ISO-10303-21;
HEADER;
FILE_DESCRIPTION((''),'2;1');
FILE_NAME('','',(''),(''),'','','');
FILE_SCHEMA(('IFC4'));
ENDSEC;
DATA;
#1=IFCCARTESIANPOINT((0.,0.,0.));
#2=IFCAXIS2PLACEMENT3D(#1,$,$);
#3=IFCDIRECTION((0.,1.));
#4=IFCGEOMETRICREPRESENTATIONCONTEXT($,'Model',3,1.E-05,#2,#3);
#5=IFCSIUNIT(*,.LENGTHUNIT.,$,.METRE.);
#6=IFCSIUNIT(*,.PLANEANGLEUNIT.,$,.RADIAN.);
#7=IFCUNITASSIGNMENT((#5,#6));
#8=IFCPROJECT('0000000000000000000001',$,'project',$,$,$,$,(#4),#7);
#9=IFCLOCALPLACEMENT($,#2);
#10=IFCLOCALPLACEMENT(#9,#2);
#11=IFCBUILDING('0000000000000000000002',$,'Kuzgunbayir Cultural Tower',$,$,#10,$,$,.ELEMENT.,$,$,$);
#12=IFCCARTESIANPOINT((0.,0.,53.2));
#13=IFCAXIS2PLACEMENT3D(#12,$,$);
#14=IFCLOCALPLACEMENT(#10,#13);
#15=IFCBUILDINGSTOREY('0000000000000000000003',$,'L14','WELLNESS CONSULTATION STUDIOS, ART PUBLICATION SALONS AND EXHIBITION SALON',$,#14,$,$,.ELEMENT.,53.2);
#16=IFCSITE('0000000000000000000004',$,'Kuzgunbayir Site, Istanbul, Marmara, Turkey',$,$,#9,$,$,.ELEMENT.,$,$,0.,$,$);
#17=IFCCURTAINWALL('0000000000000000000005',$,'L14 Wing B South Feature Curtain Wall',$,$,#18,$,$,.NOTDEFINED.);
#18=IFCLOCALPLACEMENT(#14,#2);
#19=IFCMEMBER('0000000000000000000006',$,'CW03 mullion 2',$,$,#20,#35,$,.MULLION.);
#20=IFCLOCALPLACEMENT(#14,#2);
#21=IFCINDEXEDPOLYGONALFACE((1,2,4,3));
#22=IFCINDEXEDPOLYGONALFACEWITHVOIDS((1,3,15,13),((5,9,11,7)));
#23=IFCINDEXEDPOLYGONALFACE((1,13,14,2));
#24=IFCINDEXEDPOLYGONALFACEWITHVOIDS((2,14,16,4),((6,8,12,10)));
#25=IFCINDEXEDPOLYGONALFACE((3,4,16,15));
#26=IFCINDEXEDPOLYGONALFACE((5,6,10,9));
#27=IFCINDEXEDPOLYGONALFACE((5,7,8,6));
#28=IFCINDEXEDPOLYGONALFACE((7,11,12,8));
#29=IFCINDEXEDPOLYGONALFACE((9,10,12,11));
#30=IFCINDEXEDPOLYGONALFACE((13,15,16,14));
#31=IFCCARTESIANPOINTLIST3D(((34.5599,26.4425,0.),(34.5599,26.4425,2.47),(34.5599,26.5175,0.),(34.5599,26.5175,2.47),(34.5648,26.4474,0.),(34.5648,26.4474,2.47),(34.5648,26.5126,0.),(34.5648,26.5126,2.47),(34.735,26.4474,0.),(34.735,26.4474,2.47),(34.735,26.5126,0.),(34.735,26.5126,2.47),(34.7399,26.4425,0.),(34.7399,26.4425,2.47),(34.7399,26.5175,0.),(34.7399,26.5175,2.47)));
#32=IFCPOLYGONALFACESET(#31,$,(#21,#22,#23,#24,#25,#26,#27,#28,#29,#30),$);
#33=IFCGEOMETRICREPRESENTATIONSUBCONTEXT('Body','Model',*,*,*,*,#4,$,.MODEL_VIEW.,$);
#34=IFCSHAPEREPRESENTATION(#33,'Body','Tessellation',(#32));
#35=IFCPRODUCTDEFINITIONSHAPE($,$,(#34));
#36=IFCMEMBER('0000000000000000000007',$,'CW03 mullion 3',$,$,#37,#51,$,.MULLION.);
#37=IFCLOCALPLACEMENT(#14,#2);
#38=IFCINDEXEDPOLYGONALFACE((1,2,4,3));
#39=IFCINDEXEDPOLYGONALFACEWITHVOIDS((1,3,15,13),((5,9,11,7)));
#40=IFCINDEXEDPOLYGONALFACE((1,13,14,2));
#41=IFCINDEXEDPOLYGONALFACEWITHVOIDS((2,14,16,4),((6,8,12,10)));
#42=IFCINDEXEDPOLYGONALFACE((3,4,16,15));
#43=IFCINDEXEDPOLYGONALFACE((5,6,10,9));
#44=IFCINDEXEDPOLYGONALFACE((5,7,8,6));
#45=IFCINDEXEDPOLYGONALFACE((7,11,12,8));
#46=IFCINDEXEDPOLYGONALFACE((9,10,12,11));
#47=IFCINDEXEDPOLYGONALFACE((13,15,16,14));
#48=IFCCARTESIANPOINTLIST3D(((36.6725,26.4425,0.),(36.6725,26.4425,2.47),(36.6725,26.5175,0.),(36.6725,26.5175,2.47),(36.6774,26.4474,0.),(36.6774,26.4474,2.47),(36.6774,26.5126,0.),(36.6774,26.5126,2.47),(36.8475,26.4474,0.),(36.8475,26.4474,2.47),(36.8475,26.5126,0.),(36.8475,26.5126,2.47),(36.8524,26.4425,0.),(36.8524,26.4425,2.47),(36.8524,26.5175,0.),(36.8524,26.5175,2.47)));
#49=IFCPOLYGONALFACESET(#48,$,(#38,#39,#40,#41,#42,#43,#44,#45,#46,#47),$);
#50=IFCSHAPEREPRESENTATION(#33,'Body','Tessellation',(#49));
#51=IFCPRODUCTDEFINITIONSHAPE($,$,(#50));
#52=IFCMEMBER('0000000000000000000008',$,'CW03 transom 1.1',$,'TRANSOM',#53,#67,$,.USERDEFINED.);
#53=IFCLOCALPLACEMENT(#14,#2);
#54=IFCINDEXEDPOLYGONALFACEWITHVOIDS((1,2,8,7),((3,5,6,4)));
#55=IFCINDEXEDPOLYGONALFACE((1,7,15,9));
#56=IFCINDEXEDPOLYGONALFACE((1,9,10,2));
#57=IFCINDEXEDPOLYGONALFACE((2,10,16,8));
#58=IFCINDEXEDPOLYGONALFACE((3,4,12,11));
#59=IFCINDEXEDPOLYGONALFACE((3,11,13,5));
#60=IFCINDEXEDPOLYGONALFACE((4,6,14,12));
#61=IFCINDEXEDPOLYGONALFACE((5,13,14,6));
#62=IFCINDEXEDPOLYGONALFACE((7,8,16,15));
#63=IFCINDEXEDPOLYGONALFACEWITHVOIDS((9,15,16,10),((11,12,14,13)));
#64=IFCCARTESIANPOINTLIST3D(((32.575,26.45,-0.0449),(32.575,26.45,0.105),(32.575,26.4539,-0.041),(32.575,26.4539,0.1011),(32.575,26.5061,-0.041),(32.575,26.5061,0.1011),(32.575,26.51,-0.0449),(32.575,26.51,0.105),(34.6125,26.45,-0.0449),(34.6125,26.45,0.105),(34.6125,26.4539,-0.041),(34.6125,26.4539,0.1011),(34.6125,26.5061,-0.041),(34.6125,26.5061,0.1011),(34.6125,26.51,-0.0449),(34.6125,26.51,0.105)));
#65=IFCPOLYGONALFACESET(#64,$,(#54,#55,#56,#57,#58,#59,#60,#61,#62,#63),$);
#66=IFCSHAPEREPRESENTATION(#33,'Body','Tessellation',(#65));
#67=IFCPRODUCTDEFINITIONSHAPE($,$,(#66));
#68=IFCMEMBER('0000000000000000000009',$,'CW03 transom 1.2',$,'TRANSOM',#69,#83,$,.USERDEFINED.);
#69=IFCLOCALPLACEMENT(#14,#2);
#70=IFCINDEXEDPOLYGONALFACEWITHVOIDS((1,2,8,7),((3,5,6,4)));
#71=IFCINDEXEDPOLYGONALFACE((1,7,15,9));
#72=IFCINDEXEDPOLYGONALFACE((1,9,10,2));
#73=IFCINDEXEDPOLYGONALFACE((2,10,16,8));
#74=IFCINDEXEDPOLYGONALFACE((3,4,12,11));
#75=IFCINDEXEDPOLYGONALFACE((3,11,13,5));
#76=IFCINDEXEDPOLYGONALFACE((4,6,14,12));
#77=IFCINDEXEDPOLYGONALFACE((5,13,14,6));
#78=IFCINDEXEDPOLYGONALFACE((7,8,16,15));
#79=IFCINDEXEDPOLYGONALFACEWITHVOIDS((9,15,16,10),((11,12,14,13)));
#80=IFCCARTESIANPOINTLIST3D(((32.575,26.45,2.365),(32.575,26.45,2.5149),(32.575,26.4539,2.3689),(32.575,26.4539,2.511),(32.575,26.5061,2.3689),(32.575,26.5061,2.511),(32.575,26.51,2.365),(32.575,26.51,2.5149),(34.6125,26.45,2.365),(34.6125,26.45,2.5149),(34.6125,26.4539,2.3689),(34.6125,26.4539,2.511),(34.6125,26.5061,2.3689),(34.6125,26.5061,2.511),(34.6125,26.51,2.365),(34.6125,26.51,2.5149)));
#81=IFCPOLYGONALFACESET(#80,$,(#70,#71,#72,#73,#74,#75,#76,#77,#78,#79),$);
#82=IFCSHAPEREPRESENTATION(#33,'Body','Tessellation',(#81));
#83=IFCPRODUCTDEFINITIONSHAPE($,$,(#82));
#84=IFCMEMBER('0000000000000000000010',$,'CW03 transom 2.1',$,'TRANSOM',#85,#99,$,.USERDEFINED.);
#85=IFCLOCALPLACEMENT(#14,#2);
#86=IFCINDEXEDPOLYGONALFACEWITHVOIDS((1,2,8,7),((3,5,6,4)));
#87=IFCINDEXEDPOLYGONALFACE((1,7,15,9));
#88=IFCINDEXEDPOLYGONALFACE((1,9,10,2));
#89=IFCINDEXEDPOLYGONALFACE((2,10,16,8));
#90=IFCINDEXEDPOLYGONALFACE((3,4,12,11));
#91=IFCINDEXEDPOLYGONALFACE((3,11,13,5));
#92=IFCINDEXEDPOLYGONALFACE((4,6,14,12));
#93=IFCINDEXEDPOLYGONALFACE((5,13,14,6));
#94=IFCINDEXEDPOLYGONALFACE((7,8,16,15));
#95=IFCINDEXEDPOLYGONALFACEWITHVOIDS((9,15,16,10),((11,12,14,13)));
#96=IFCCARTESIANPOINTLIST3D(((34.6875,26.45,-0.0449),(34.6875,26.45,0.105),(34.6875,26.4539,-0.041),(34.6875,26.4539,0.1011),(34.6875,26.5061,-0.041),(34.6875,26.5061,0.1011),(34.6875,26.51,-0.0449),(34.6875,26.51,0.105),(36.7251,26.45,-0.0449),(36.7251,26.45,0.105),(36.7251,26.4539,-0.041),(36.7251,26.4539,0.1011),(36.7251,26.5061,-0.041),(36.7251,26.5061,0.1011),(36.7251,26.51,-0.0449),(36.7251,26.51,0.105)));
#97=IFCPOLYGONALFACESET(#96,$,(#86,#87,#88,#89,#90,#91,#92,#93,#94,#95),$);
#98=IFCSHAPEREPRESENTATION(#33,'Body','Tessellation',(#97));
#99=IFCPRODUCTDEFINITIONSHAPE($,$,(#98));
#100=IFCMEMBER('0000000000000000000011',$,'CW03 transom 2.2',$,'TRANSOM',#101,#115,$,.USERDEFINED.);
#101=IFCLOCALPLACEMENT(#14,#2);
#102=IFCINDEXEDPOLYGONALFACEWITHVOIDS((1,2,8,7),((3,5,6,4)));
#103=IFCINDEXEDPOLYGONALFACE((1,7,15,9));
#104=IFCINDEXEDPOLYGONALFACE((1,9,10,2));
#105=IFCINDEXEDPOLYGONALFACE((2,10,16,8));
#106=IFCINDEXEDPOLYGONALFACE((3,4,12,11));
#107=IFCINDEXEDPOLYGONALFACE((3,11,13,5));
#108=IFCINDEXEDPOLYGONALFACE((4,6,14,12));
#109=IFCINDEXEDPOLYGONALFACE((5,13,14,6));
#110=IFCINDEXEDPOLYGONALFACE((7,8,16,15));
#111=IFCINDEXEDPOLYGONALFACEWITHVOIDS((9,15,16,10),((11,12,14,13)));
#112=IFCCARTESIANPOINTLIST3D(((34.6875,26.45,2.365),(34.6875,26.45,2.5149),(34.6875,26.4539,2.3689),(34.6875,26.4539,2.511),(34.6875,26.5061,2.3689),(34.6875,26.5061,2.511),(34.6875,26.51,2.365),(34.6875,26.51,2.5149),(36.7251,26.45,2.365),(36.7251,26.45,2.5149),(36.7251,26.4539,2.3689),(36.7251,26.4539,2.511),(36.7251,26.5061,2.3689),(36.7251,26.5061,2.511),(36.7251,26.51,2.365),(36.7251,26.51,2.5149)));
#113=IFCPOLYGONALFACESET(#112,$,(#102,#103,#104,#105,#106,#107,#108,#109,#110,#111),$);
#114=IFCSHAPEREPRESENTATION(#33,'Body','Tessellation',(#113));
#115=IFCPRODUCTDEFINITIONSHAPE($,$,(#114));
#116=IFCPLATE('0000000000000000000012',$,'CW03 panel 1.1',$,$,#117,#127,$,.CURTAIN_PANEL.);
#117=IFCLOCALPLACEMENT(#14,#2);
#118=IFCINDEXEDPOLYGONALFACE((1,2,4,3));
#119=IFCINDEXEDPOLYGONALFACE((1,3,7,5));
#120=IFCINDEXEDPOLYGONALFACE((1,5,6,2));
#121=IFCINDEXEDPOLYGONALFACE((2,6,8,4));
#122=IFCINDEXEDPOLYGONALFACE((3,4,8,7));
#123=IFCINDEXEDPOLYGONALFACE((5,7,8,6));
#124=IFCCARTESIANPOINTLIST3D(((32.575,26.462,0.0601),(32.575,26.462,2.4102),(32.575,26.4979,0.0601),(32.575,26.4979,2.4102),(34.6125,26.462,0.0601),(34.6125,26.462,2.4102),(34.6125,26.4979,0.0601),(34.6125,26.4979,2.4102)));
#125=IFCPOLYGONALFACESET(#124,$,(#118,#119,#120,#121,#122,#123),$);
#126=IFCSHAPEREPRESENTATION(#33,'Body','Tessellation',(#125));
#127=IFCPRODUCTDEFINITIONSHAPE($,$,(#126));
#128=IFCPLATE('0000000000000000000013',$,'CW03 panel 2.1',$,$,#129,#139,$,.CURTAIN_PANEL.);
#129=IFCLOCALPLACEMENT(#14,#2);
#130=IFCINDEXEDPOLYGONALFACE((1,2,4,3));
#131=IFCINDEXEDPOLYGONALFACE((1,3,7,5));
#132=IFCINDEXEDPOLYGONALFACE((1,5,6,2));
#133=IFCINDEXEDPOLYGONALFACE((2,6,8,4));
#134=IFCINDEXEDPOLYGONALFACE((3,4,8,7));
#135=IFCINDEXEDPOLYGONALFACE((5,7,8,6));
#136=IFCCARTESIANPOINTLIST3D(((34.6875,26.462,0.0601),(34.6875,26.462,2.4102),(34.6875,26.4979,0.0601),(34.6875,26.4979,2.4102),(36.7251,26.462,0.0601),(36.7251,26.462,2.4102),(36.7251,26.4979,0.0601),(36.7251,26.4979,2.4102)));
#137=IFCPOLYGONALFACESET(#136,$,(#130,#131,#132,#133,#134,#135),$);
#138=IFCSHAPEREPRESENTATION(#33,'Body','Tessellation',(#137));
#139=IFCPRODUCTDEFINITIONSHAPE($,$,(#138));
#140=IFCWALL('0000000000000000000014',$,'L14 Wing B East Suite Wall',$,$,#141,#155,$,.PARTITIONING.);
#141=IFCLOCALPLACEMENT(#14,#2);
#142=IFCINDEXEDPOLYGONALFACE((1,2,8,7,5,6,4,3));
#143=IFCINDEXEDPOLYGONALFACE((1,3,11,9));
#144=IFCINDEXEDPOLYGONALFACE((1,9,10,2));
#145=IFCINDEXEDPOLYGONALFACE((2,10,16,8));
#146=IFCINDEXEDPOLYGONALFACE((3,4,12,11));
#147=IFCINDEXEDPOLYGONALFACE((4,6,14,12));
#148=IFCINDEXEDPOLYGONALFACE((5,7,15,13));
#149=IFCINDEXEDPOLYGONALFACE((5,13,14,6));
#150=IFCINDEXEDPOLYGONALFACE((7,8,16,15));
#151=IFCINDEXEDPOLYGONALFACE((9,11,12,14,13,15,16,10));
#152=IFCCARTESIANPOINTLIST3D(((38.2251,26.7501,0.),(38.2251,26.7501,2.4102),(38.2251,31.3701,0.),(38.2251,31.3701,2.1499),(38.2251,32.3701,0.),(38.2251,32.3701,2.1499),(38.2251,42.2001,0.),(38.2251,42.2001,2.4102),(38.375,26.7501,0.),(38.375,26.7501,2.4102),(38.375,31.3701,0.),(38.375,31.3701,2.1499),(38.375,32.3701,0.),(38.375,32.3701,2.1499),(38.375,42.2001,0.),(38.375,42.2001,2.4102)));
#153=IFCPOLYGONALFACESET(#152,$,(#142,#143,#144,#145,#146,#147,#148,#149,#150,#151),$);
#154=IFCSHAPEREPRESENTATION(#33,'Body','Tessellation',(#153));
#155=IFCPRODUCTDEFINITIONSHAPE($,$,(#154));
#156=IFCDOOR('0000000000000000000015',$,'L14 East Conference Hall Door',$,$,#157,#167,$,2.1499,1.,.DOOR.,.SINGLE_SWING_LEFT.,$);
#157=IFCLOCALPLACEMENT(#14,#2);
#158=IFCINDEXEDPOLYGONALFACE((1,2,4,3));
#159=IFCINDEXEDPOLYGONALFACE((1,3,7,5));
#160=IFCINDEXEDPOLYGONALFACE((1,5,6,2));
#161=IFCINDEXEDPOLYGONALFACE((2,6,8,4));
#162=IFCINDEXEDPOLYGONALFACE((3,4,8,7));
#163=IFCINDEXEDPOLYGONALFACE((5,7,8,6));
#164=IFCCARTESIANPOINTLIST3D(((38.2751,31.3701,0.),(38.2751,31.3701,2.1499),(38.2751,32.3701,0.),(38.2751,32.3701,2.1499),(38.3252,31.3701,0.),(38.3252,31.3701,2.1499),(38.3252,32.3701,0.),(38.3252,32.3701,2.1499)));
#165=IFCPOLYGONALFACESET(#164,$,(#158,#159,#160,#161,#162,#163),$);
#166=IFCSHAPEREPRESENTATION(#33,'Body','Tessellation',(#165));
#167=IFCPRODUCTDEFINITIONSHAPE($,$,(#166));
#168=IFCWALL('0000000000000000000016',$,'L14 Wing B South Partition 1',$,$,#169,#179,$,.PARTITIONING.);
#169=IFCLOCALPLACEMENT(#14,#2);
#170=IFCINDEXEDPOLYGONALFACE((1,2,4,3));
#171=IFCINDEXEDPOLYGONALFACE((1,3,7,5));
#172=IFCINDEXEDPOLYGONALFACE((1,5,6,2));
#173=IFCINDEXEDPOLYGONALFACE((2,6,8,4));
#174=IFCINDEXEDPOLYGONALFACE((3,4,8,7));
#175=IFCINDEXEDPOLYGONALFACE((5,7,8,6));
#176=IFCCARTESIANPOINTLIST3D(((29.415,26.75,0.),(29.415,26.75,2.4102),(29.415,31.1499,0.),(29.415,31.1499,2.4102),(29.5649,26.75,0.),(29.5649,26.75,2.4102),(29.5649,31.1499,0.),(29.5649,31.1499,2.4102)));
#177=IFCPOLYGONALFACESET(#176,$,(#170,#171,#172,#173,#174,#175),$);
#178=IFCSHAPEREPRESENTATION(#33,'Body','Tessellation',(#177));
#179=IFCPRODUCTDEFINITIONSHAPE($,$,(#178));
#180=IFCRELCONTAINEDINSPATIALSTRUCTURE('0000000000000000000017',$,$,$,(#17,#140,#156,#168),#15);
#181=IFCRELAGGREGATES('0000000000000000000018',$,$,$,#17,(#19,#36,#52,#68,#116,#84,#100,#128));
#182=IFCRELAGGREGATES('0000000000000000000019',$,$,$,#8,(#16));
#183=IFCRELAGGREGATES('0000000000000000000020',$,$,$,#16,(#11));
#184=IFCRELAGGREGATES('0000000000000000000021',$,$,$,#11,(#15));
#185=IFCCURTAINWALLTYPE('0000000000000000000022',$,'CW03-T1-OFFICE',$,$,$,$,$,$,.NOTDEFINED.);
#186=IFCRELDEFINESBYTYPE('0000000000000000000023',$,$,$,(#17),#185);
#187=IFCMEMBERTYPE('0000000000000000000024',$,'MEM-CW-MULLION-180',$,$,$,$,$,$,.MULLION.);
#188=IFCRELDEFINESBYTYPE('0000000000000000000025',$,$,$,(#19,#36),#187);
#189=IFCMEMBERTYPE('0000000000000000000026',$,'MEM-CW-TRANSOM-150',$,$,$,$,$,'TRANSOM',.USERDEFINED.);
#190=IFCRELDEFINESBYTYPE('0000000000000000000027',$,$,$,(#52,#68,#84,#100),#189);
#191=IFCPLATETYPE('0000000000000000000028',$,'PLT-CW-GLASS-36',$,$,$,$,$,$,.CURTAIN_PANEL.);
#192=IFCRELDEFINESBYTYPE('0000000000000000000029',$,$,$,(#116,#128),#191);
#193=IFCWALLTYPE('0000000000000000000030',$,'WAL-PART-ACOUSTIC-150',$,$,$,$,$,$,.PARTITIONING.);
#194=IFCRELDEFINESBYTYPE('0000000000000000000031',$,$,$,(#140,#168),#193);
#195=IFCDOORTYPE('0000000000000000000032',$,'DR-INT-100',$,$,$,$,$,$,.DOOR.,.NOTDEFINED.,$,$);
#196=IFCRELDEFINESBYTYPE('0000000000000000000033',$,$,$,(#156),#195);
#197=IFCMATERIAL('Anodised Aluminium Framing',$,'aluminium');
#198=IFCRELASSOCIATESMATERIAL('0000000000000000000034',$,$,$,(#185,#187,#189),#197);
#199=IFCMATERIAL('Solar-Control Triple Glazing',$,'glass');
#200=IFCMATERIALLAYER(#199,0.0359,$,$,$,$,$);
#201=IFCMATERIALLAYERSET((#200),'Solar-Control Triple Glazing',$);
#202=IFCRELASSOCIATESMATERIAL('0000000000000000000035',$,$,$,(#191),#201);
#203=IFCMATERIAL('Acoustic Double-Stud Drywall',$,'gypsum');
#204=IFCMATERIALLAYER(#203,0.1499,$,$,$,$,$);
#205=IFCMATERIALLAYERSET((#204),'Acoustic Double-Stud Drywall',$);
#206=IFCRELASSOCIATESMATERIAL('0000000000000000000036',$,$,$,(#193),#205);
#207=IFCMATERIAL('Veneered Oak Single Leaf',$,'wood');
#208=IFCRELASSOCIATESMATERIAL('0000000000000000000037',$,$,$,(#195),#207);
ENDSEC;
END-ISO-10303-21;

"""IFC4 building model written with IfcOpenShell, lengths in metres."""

from ifc_helpers import new_model, si_unit, direction, frame, frame_2d, origin, origin_2d, place, context, subcontext, project, spatial, rectangle, hollow_rectangle, extrude, material, layer, layer_set, material_profile, profile_set, type_object, element, fill, aggregate, save


model = new_model("IFC4")

# Units and contexts
model_context = context("Model", 3, precision=1e-05, world=origin(), true_north=direction((0.0, 1.0)))
body_context = subcontext(model_context, "Body", "Model", "MODEL_VIEW")
ifc_project = project(units=[si_unit("LENGTHUNIT", "METRE"), si_unit("PLANEANGLEUNIT", "RADIAN")], contexts=[model_context])

# Site, building, storey
site_placement = place(None, origin())
site = spatial("IfcSite", under=ifc_project, at=site_placement, Name="Kuzgunbayir Site, Istanbul, Marmara, Turkey", CompositionType="ELEMENT", RefElevation=0.0)
building_placement = place(site_placement, origin())
building = spatial("IfcBuilding", under=site, at=building_placement, Name="Kuzgunbayir Cultural Tower", CompositionType="ELEMENT")
storey_placement = place(building_placement, frame((0.0, 0.0, 53.2)))
storey = spatial("IfcBuildingStorey", under=building, at=storey_placement, Name="L14", Description="WELLNESS CONSULTATION STUDIOS, ART PUBLICATION SALONS AND EXHIBITION SALON", CompositionType="ELEMENT", Elevation=53.2)

# Curtain wall, members, plates
ifc_material_1 = material(Name="Anodised Aluminium Framing", Category="aluminium")
curtain_wall_type = type_object("IfcCurtainWallType", Name="CW03-T1-OFFICE", PredefinedType="NOTDEFINED", material=ifc_material_1)
curtain_wall_placement = place(storey_placement, origin())
curtain_wall = element("IfcCurtainWall", 1, at=curtain_wall_placement, inside=storey, type_object=curtain_wall_type, Name="L14 Wing B South Feature Curtain Wall", PredefinedType="NOTDEFINED")
ifc_material_profile_1 = material_profile(ifc_material_1, hollow_rectangle(XDim=0.075, YDim=0.1799, WallThickness=0.0049, at=origin_2d()), Name="RHS 180x75x5")
ifc_profile_set_1 = profile_set([ifc_material_profile_1], Name="Anodised Aluminium Framing")
member_type_1 = type_object("IfcMemberType", Name="MEM-CW-MULLION-180", PredefinedType="MULLION", material=ifc_profile_set_1)
member_1_placement = place(storey_placement, frame((34.6499, 26.48, 0.0), z_axis=(0.0, 0.0, 1.0), x_axis=(0.0, 1.0, 0.0)))
member_1 = element("IfcMember", 2, at=member_1_placement, type_object=member_type_1, Name="CW03 mullion 2", PredefinedType="MULLION", context=body_context, shape_type="SweptSolid", body=[
    extrude(hollow_rectangle(XDim=0.075, YDim=0.1799, WallThickness=0.0049, at=origin_2d()), origin(), (0.0, 0.0, 1.0), 2.47),
])
member_2_placement = place(storey_placement, frame((36.7625, 26.48, 0.0), z_axis=(0.0, 0.0, 1.0), x_axis=(0.0, 1.0, 0.0)))
member_2 = element("IfcMember", 3, at=member_2_placement, type_object=member_type_1, Name="CW03 mullion 3", PredefinedType="MULLION", context=body_context, shape_type="SweptSolid", body=[
    extrude(hollow_rectangle(XDim=0.075, YDim=0.1799, WallThickness=0.0049, at=origin_2d()), origin(), (0.0, 0.0, 1.0), 2.47),
])
ifc_material_profile_2 = material_profile(ifc_material_1, hollow_rectangle(XDim=0.0601, YDim=0.1499, WallThickness=0.0039, at=origin_2d()), Name="RHS 150x60x4")
ifc_profile_set_2 = profile_set([ifc_material_profile_2], Name="Anodised Aluminium Framing")
member_type_2 = type_object("IfcMemberType", Name="MEM-CW-TRANSOM-150", ElementType="TRANSOM", PredefinedType="USERDEFINED", material=ifc_profile_set_2)
member_3_placement = place(storey_placement, frame((32.575, 26.48, 0.03), z_axis=(1.0, 0.0, 0.0), x_axis=(0.0, 1.0, 0.0)))
member_3 = element("IfcMember", 4, at=member_3_placement, type_object=member_type_2, Name="CW03 transom 1.1", ObjectType="TRANSOM", PredefinedType="USERDEFINED", context=body_context, shape_type="SweptSolid", body=[
    extrude(hollow_rectangle(XDim=0.0601, YDim=0.1499, WallThickness=0.0039, at=origin_2d()), origin(), (0.0, 0.0, 1.0), 2.0376),
])
member_4_placement = place(storey_placement, frame((32.575, 26.48, 2.4399), z_axis=(1.0, 0.0, 0.0), x_axis=(0.0, 1.0, 0.0)))
member_4 = element("IfcMember", 5, at=member_4_placement, type_object=member_type_2, Name="CW03 transom 1.2", ObjectType="TRANSOM", PredefinedType="USERDEFINED", context=body_context, shape_type="SweptSolid", body=[
    extrude(hollow_rectangle(XDim=0.0601, YDim=0.1499, WallThickness=0.0039, at=origin_2d()), origin(), (0.0, 0.0, 1.0), 2.0376),
])
member_5_placement = place(storey_placement, frame((34.6875, 26.48, 0.03), z_axis=(1.0, 0.0, 0.0), x_axis=(0.0, 1.0, 0.0)))
member_5 = element("IfcMember", 6, at=member_5_placement, type_object=member_type_2, Name="CW03 transom 2.1", ObjectType="TRANSOM", PredefinedType="USERDEFINED", context=body_context, shape_type="SweptSolid", body=[
    extrude(hollow_rectangle(XDim=0.0601, YDim=0.1499, WallThickness=0.0039, at=origin_2d()), origin(), (0.0, 0.0, 1.0), 2.0376),
])
member_6_placement = place(storey_placement, frame((34.6875, 26.48, 2.4399), z_axis=(1.0, 0.0, 0.0), x_axis=(0.0, 1.0, 0.0)))
member_6 = element("IfcMember", 7, at=member_6_placement, type_object=member_type_2, Name="CW03 transom 2.2", ObjectType="TRANSOM", PredefinedType="USERDEFINED", context=body_context, shape_type="SweptSolid", body=[
    extrude(hollow_rectangle(XDim=0.0601, YDim=0.1499, WallThickness=0.0039, at=origin_2d()), origin(), (0.0, 0.0, 1.0), 2.0376),
])
ifc_material_2 = material(Name="Solar-Control Triple Glazing", Category="glass")
ifc_layer_1 = layer(ifc_material_2, 0.0359)
ifc_layer_set_1 = layer_set([ifc_layer_1], Name="Solar-Control Triple Glazing")
plate_type = type_object("IfcPlateType", Name="PLT-CW-GLASS-36", PredefinedType="CURTAIN_PANEL", material=ifc_layer_set_1)
plate_1_placement = place(storey_placement, frame((33.5938, 26.48, 0.0601), z_axis=(0.0, 0.0, 1.0), x_axis=(1.0, 0.0, 0.0)))
plate_1 = element("IfcPlate", 8, at=plate_1_placement, type_object=plate_type, Name="CW03 panel 1.1", PredefinedType="CURTAIN_PANEL", context=body_context, shape_type="SweptSolid", body=[
    extrude(rectangle(XDim=2.0376, YDim=0.0359, at=origin_2d()), origin(), (0.0, 0.0, 1.0), 2.3501),
])
plate_2_placement = place(storey_placement, frame((35.7063, 26.48, 0.0601), z_axis=(0.0, 0.0, 1.0), x_axis=(1.0, 0.0, 0.0)))
plate_2 = element("IfcPlate", 9, at=plate_2_placement, type_object=plate_type, Name="CW03 panel 2.1", PredefinedType="CURTAIN_PANEL", context=body_context, shape_type="SweptSolid", body=[
    extrude(rectangle(XDim=2.0376, YDim=0.0359, at=origin_2d()), origin(), (0.0, 0.0, 1.0), 2.3501),
])
aggregate(curtain_wall, [member_1, member_2, member_3, member_4, plate_1, member_5, member_6, plate_2])

# Wall, opening, door
ifc_material_3 = material(Name="Acoustic Double-Stud Drywall", Category="gypsum")
ifc_layer_2 = layer(ifc_material_3, 0.1499)
ifc_layer_set_2 = layer_set([ifc_layer_2], Name="Acoustic Double-Stud Drywall")
wall_type = type_object("IfcWallType", Name="WAL-PART-ACOUSTIC-150", PredefinedType="PARTITIONING", material=ifc_layer_set_2)
wall_placement = place(storey_placement, frame((38.3, 26.75, 0.0), z_axis=(0.0, 0.0, 1.0), x_axis=(0.0, 1.0, 0.0)))
wall = element("IfcWall", 10, at=wall_placement, inside=storey, type_object=wall_type, Name="L14 Wing B East Suite Wall", PredefinedType="PARTITIONING", context=body_context, shape_type="SweptSolid", body=[
    extrude(rectangle(XDim=15.45, YDim=0.1499, at=frame_2d((7.7251, 0.0))), origin(), (0.0, 0.0, 1.0), 2.4102),
])
opening_placement = place(wall_placement, frame((4.6201, 0.0, 0.0)))
opening = element("IfcOpeningElement", 11, at=opening_placement, cuts=wall, PredefinedType="OPENING", context=body_context, shape_type="SweptSolid", body=[
    extrude(rectangle(XDim=1.0, YDim=2.1499, at=frame_2d((0.5, 1.075))), frame((0.0, 0.085, 0.0), z_axis=(0.0, -1.0, 0.0), x_axis=(1.0, 0.0, 0.0)), (0.0, 0.0, 1.0), 0.1699),
])
ifc_material_4 = material(Name="Veneered Oak Single Leaf", Category="wood")
door_type = type_object("IfcDoorType", Name="DR-INT-100", OperationType="NOTDEFINED", PredefinedType="DOOR", material=ifc_material_4)
door_placement = place(opening_placement, origin())
door = element("IfcDoor", 12, at=door_placement, inside=storey, type_object=door_type, Name="L14 East Conference Hall Door", OperationType="SINGLE_SWING_LEFT", OverallHeight=2.1499, OverallWidth=1.0, PredefinedType="DOOR", context=body_context, shape_type="SweptSolid", body=[
    extrude(rectangle(XDim=1.0, YDim=2.1499, at=frame_2d((0.5, 1.075))), frame((0.0, 0.0249, 0.0), z_axis=(0.0, -1.0, 0.0), x_axis=(1.0, 0.0, 0.0)), (0.0, 0.0, 1.0), 0.05),
])
fill(opening, door)

# Wall
for number, where, z_axis, x_axis, name in (
    (13, (29.49, 26.75, 0.0), (0.0, 0.0, 1.0), (0.0, 1.0, 0.0), "L14 Wing B South Partition 1"),
):
    element("IfcWall", number, at=place(storey_placement, frame(where, z_axis=z_axis, x_axis=x_axis)), inside=storey, type_object=wall_type, Name=name, PredefinedType="PARTITIONING", context=body_context, shape_type="SweptSolid", body=[
        extrude(rectangle(XDim=4.3999, YDim=0.1499, at=frame_2d((2.2, 0.0))), origin(), (0.0, 0.0, 1.0), 2.4102),
    ])

save(model, "model.ifc")
